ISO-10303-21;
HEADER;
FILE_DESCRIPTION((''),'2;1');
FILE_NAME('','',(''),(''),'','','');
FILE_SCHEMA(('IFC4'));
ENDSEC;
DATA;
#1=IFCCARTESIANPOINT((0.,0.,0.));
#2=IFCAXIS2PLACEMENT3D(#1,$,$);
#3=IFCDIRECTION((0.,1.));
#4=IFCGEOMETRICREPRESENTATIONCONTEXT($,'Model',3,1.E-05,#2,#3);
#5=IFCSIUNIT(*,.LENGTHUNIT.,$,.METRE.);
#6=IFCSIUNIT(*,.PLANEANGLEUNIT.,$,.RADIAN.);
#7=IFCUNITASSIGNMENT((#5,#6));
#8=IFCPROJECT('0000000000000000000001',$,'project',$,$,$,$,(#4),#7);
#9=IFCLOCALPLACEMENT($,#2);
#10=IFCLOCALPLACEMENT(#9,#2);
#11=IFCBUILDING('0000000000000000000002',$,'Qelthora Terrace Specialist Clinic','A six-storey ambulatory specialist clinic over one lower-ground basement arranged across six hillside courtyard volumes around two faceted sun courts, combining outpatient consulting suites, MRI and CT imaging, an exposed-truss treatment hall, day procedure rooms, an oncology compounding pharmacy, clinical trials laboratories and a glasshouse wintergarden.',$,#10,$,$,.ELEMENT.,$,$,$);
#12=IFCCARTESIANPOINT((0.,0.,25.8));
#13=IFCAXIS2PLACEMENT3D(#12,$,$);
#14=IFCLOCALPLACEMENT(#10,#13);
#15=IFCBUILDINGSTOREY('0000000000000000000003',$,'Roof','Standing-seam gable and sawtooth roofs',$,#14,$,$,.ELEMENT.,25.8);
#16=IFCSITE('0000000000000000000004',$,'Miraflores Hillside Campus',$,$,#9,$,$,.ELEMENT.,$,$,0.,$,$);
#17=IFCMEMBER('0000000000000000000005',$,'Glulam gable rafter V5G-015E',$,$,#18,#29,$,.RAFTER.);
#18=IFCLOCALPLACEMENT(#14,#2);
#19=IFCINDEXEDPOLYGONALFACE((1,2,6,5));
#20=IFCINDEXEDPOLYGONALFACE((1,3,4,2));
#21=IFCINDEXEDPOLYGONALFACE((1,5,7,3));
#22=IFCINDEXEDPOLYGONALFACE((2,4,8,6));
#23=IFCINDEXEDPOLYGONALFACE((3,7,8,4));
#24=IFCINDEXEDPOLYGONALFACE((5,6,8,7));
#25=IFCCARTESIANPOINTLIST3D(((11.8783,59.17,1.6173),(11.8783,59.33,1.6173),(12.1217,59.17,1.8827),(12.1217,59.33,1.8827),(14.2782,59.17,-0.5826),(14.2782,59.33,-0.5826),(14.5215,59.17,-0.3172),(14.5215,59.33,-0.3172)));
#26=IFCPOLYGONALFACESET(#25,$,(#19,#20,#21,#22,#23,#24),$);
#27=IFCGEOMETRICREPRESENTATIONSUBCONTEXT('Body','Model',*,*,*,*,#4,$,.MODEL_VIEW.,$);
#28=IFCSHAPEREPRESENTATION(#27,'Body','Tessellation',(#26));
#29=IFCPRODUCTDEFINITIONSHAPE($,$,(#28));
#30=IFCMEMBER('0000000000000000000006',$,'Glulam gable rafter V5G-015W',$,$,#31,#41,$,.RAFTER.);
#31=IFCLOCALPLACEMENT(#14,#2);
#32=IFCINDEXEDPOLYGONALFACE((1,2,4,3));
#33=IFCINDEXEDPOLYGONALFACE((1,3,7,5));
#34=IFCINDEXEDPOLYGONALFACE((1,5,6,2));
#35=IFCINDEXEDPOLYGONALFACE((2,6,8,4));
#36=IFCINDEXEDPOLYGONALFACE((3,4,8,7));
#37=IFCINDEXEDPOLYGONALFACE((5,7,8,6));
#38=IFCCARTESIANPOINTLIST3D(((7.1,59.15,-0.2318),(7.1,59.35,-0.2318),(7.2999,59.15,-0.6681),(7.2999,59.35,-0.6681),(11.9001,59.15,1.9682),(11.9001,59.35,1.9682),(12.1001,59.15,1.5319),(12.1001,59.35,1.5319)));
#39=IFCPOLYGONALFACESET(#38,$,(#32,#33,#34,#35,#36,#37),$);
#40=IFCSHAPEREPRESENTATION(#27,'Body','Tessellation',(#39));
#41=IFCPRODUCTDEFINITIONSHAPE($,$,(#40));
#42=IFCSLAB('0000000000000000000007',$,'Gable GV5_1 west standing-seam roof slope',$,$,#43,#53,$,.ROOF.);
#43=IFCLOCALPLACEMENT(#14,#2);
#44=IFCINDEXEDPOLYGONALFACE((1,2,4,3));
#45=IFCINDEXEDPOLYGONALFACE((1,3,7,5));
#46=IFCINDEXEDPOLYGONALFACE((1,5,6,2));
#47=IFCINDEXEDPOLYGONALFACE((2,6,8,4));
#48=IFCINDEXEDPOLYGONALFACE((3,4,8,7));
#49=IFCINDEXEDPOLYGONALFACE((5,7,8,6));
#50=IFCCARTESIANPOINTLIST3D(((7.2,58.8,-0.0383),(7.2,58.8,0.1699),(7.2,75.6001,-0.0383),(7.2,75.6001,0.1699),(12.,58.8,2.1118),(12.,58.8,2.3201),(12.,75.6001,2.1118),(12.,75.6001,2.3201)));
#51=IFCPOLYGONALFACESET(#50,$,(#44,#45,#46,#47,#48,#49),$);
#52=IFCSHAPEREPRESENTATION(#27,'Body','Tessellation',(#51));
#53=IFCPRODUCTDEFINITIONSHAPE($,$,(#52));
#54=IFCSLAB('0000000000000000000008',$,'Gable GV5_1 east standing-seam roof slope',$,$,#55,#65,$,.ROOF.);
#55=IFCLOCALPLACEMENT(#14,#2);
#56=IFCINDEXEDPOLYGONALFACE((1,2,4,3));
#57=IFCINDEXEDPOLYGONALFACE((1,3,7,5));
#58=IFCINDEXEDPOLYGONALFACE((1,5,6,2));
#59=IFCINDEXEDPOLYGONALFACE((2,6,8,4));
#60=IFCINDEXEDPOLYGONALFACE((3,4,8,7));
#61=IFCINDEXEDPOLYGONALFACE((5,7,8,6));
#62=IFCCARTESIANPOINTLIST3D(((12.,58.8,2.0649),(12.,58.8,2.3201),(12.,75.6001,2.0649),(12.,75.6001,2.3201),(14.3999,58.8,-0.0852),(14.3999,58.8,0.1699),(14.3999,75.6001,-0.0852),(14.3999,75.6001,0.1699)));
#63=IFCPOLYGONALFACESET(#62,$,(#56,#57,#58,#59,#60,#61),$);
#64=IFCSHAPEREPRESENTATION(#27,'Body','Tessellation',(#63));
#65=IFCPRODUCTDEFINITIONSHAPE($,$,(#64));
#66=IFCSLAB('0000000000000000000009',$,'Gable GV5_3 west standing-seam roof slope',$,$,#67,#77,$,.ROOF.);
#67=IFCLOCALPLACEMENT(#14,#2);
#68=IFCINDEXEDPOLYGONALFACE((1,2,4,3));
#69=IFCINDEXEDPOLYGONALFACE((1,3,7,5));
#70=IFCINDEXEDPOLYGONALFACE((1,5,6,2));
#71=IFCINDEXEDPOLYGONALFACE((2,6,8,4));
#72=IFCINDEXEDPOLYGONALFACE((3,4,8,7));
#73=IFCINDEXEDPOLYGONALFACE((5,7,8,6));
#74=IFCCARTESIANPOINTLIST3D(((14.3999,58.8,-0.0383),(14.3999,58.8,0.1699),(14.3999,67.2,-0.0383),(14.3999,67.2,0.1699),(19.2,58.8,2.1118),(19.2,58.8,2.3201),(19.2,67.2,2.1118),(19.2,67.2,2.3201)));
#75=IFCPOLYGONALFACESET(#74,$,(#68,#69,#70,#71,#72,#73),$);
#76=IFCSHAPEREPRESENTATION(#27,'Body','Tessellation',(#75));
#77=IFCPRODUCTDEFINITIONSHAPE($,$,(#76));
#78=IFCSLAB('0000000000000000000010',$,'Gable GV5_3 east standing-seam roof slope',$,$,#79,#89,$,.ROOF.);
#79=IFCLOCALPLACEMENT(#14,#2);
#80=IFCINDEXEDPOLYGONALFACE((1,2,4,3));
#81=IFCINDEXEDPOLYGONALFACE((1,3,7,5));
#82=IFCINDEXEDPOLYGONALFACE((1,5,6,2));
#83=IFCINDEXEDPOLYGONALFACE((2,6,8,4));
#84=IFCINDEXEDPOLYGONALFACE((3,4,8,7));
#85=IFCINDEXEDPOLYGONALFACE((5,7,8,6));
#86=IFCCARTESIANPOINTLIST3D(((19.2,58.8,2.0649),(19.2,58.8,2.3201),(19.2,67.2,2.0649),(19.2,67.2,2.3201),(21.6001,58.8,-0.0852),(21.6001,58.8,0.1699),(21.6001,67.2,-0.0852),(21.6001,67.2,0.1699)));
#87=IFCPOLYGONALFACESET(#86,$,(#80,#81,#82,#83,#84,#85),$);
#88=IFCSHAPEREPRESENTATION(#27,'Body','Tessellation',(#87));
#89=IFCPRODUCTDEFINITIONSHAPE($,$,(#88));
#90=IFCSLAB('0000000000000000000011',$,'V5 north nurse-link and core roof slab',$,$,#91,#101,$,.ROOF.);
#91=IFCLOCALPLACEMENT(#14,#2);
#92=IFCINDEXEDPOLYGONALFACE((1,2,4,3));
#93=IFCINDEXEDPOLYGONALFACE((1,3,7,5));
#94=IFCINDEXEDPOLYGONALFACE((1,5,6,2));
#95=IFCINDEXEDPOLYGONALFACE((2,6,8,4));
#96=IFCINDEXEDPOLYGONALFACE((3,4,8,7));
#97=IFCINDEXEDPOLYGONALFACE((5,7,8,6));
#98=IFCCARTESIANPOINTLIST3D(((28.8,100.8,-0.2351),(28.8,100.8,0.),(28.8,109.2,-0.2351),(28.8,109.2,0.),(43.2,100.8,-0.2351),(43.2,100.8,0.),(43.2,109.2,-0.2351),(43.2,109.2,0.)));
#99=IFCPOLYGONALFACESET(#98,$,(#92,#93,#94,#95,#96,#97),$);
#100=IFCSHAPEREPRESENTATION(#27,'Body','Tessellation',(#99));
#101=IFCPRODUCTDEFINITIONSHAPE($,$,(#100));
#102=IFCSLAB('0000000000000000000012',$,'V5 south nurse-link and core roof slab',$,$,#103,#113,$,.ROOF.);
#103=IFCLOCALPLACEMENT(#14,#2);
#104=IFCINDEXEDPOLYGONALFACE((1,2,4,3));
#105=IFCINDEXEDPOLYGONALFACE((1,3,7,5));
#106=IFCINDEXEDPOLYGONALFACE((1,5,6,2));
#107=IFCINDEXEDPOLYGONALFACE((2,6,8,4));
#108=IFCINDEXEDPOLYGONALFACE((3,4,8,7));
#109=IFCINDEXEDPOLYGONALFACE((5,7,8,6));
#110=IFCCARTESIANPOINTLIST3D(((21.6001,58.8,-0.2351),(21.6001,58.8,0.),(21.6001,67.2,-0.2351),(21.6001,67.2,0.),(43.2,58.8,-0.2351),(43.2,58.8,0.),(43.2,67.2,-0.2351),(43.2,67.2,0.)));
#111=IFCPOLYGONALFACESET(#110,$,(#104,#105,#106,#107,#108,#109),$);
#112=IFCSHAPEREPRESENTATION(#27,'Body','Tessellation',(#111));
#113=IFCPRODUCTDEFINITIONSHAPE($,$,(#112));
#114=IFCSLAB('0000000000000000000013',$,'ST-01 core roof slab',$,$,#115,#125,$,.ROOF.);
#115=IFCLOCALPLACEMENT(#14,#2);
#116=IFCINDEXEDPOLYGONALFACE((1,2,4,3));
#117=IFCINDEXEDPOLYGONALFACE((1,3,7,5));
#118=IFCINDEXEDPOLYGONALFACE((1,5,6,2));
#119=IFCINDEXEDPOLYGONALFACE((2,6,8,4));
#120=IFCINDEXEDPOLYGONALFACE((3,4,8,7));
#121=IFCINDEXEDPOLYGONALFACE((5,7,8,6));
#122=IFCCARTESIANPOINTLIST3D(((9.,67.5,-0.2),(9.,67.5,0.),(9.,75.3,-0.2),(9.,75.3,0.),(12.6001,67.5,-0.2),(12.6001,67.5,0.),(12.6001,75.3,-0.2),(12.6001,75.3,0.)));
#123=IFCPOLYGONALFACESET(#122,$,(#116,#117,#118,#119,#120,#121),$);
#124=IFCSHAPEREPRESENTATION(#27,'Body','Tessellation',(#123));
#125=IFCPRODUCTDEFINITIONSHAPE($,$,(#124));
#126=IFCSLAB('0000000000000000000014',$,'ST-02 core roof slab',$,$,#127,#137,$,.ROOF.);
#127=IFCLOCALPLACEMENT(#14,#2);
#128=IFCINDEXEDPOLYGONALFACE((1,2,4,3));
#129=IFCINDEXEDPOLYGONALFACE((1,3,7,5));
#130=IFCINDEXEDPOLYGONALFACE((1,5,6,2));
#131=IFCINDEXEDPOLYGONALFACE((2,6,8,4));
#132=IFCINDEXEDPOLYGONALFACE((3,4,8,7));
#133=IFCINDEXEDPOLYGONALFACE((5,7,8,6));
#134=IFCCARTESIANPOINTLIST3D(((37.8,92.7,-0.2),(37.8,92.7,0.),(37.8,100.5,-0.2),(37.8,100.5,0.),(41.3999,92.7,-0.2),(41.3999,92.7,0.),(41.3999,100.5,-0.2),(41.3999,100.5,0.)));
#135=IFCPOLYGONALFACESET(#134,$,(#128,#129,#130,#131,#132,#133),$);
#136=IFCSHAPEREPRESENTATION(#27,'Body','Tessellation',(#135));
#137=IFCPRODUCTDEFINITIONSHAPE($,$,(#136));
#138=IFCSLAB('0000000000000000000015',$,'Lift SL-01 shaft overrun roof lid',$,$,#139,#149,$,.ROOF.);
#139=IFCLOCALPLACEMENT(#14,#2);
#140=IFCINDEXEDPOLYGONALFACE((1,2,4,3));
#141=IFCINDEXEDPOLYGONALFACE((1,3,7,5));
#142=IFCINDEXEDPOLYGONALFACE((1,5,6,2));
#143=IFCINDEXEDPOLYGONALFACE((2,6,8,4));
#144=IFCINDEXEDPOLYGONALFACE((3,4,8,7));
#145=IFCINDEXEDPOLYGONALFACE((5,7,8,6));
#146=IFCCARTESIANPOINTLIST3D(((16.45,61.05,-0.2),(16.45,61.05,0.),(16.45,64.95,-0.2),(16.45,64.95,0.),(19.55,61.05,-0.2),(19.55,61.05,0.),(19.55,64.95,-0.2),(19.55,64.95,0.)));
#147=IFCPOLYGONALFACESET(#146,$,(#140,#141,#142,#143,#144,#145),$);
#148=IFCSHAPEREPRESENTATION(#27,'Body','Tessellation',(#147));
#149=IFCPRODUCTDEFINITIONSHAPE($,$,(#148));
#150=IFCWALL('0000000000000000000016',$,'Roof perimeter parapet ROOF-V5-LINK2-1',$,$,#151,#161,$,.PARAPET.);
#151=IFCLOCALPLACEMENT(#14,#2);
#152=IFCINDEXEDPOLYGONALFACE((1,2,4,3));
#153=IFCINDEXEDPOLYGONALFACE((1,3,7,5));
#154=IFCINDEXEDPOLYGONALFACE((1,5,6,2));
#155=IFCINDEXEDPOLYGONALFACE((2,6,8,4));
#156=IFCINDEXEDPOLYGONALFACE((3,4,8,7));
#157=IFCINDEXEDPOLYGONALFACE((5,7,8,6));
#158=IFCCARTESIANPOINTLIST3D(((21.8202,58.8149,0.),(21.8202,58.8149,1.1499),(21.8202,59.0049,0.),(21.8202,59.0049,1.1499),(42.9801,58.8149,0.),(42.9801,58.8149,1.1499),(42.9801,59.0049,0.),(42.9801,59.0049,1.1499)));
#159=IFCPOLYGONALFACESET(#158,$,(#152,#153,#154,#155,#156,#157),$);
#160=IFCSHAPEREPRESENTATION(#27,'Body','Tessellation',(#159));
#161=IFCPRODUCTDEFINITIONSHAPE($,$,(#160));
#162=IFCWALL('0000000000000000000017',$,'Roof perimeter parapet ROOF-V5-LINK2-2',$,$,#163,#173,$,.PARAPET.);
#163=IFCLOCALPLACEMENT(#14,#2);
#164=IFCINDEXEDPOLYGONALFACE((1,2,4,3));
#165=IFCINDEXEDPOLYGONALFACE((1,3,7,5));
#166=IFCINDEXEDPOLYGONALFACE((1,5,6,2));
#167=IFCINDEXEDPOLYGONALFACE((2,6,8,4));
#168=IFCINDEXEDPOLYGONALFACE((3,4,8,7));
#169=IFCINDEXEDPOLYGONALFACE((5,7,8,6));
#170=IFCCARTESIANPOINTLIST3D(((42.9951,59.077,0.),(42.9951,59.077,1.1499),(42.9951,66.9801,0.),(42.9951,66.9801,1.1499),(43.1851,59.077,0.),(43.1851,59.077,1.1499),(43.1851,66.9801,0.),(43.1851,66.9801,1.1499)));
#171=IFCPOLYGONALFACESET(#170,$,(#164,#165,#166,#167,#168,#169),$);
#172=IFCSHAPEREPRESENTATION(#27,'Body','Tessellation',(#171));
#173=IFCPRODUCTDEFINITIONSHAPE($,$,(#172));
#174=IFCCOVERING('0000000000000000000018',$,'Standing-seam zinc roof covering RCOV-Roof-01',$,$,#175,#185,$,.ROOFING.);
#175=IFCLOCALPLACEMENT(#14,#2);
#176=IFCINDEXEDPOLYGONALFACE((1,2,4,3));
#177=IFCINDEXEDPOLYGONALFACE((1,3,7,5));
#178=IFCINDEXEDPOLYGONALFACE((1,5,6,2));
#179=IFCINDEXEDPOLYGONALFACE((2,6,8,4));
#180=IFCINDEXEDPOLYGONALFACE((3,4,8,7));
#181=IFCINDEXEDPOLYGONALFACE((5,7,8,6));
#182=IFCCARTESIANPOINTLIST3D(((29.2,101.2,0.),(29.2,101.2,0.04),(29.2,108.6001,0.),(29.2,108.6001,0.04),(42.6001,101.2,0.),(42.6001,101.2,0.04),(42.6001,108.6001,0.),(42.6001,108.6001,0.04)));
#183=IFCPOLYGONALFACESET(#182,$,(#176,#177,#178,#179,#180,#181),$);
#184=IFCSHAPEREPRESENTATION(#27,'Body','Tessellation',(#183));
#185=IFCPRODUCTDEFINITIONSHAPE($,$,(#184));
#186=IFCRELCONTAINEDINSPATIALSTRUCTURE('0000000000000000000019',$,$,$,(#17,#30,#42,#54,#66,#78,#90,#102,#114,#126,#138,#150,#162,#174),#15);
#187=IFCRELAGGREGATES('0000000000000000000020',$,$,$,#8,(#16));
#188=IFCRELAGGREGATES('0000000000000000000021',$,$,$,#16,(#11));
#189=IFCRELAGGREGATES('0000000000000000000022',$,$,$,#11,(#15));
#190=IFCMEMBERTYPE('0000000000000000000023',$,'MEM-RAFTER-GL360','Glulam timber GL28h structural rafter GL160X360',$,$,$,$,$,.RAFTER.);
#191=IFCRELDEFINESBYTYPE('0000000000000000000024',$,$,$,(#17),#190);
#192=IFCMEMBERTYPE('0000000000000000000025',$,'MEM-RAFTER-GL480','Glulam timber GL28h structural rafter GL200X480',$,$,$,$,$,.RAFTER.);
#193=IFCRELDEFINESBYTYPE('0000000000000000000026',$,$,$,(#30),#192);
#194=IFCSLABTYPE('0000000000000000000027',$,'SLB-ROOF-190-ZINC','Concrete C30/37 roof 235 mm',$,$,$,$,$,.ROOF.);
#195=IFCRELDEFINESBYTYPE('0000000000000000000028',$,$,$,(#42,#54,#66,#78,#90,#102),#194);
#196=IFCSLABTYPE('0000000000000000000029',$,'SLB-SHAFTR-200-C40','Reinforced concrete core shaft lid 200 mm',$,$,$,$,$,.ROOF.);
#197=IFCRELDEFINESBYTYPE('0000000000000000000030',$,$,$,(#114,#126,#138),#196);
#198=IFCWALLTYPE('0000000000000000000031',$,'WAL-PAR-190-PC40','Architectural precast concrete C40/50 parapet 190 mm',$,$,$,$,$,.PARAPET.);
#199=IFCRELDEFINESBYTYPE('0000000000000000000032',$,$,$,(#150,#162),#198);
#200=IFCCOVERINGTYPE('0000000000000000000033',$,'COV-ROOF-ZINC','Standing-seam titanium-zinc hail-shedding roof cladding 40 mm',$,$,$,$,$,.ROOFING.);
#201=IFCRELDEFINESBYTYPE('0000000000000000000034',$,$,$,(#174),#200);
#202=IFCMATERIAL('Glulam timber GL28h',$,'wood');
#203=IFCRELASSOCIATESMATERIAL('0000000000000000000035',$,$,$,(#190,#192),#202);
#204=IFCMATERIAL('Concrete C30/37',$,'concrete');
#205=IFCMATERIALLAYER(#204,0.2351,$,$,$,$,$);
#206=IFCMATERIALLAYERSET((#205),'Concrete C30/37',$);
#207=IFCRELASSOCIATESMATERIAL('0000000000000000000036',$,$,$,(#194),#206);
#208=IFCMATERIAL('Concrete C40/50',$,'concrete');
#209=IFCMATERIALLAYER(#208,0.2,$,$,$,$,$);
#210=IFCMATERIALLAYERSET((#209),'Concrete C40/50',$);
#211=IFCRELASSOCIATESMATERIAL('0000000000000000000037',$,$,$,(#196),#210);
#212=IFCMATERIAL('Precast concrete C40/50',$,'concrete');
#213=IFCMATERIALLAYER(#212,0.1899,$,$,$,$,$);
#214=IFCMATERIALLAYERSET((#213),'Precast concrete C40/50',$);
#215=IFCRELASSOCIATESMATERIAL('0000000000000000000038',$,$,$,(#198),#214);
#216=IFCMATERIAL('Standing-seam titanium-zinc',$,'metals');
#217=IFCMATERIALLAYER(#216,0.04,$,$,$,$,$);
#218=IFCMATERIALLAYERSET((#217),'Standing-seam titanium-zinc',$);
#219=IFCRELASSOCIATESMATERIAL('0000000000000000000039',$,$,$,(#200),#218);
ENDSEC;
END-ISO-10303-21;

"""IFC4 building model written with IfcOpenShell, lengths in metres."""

from ifc_helpers import new_model, si_unit, direction, frame, frame_2d, origin, origin_2d, place, context, subcontext, project, spatial, polyline, rectangle, outline, extrude, material, layer, layer_set, material_profile, profile_set, type_object, element, save


model = new_model("IFC4")

# Units and contexts
model_context = context("Model", 3, precision=1e-05, world=origin(), true_north=direction((0.0, 1.0)))
body_context = subcontext(model_context, "Body", "Model", "MODEL_VIEW")
ifc_project = project(units=[si_unit("LENGTHUNIT", "METRE"), si_unit("PLANEANGLEUNIT", "RADIAN")], contexts=[model_context])

# Site, building, storey
site_placement = place(None, origin())
site = spatial("IfcSite", under=ifc_project, at=site_placement, Name="Miraflores Hillside Campus", CompositionType="ELEMENT", RefElevation=0.0)
building_placement = place(site_placement, origin())
building = spatial("IfcBuilding", under=site, at=building_placement, Name="Qelthora Terrace Specialist Clinic", Description="A six-storey ambulatory specialist clinic over one lower-ground basement arranged across six hillside courtyard volumes around two faceted sun courts, combining outpatient consulting suites, MRI and CT imaging, an exposed-truss treatment hall, day procedure rooms, an oncology compounding pharmacy, clinical trials laboratories and a glasshouse wintergarden.", CompositionType="ELEMENT")
storey_placement = place(building_placement, frame((0.0, 0.0, 25.8)))
storey = spatial("IfcBuildingStorey", under=building, at=storey_placement, Name="Roof", Description="Standing-seam gable and sawtooth roofs", CompositionType="ELEMENT", Elevation=25.8)

# Members
ifc_material_1 = material(Name="Glulam timber GL28h", Category="wood")
ifc_material_profile_1 = material_profile(ifc_material_1, rectangle(XDim=0.1599, YDim=0.3601, at=origin_2d()), Name="GL160X360")
ifc_profile_set_1 = profile_set([ifc_material_profile_1], Name="Glulam timber GL28h")
member_type_1 = type_object("IfcMemberType", Name="MEM-RAFTER-GL360", Description="Glulam timber GL28h structural rafter GL160X360", PredefinedType="RAFTER", material=ifc_profile_set_1)
member_1_placement = place(storey_placement, frame((12.0, 59.25, 1.75), z_axis=(0.737148, 0.0, -0.675731), x_axis=(0.0, 1.0, 0.0)))
element("IfcMember", 1, at=member_1_placement, inside=storey, type_object=member_type_1, Name="Glulam gable rafter V5G-015E", PredefinedType="RAFTER", context=body_context, shape_type="SweptSolid", body=[
    extrude(rectangle(XDim=0.1599, YDim=0.3601, at=origin_2d()), origin(), (0.0, 0.0, 1.0), 3.2556),
])
ifc_material_profile_2 = material_profile(ifc_material_1, rectangle(XDim=0.2, YDim=0.48, at=origin_2d()), Name="GL200X480")
ifc_profile_set_2 = profile_set([ifc_material_profile_2], Name="Glulam timber GL28h")
member_type_2 = type_object("IfcMemberType", Name="MEM-RAFTER-GL480", Description="Glulam timber GL28h structural rafter GL200X480", PredefinedType="RAFTER", material=ifc_profile_set_2)
member_2_placement = place(storey_placement, frame((7.2, 59.25, -0.45), z_axis=(0.90907, 0.0, 0.416644), x_axis=(0.0, 1.0, 0.0)))
element("IfcMember", 2, at=member_2_placement, inside=storey, type_object=member_type_2, Name="Glulam gable rafter V5G-015W", PredefinedType="RAFTER", context=body_context, shape_type="SweptSolid", body=[
    extrude(rectangle(XDim=0.2, YDim=0.48, at=origin_2d()), origin(), (0.0, 0.0, 1.0), 5.2803),
])

# Slabs
ifc_material_2 = material(Name="Concrete C30/37", Category="concrete")
ifc_layer_1 = layer(ifc_material_2, 0.2351)
ifc_layer_set_1 = layer_set([ifc_layer_1], Name="Concrete C30/37")
slab_type_1 = type_object("IfcSlabType", Name="SLB-ROOF-190-ZINC", Description="Concrete C30/37 roof 235 mm", PredefinedType="ROOF", material=ifc_layer_set_1)
slab_1_placement = place(storey_placement, frame((7.2, 58.8, -0.0383), z_axis=(-0.408803, 0.0, 0.912623), x_axis=(0.912623, 0.0, 0.408803)))
element("IfcSlab", 3, at=slab_1_placement, inside=storey, type_object=slab_type_1, Name="Gable GV5_1 west standing-seam roof slope", PredefinedType="ROOF", context=body_context, shape_type="SweptSolid", body=[
    extrude(outline(polyline([(0.0, 0.0), (5.2596, 0.0), (5.2596, 16.8), (0.0, 16.8), (0.0, 0.0)])), origin(), (0.408803, 0.0, 0.912623), 0.2083),
])
slab_2_placement = place(storey_placement, frame((12.0, 58.8, 2.0649), z_axis=(0.667289, 0.0, 0.744799), x_axis=(0.744799, 0.0, -0.667289)))
element("IfcSlab", 4, at=slab_2_placement, inside=storey, type_object=slab_type_1, Name="Gable GV5_1 east standing-seam roof slope", PredefinedType="ROOF", context=body_context, shape_type="SweptSolid", body=[
    extrude(outline(polyline([(0.0, 0.0), (3.2222, 0.0), (3.2222, 16.8), (0.0, 16.8), (0.0, 0.0)])), origin(), (-0.667289, 0.0, 0.744799), 0.2551),
])
slab_3_placement = place(storey_placement, frame((14.3999, 58.8, -0.0383), z_axis=(-0.408803, 0.0, 0.912623), x_axis=(0.912623, 0.0, 0.408803)))
element("IfcSlab", 5, at=slab_3_placement, inside=storey, type_object=slab_type_1, Name="Gable GV5_3 west standing-seam roof slope", PredefinedType="ROOF", context=body_context, shape_type="SweptSolid", body=[
    extrude(outline(polyline([(0.0, 0.0), (5.2596, 0.0), (5.2596, 8.3999), (0.0, 8.3999), (0.0, 0.0)])), origin(), (0.408803, 0.0, 0.912623), 0.2083),
])
slab_4_placement = place(storey_placement, frame((19.2, 58.8, 2.0649), z_axis=(0.667251, 0.0, 0.744833), x_axis=(0.744833, 0.0, -0.667251)))
element("IfcSlab", 6, at=slab_4_placement, inside=storey, type_object=slab_type_1, Name="Gable GV5_3 east standing-seam roof slope", PredefinedType="ROOF", context=body_context, shape_type="SweptSolid", body=[
    extrude(outline(polyline([(0.0, 0.0), (3.2224, 0.0), (3.2224, 8.3999), (0.0, 8.3999), (0.0, 0.0)])), origin(), (-0.667251, 0.0, 0.744833), 0.2551),
])
slab_5_placement = place(storey_placement, frame((0.0, 0.0, -0.2351)))
element("IfcSlab", 7, at=slab_5_placement, inside=storey, type_object=slab_type_1, Name="V5 north nurse-link and core roof slab", PredefinedType="ROOF", context=body_context, shape_type="SweptSolid", body=[
    extrude(outline(polyline([(28.8, 100.8), (43.2, 100.8), (43.2, 109.2), (28.8, 109.2), (28.8, 100.8)])), origin(), (0.0, 0.0, 1.0), 0.2351),
])
slab_6_placement = place(storey_placement, frame((0.0, 0.0, -0.2351)))
element("IfcSlab", 8, at=slab_6_placement, inside=storey, type_object=slab_type_1, Name="V5 south nurse-link and core roof slab", PredefinedType="ROOF", context=body_context, shape_type="SweptSolid", body=[
    extrude(outline(polyline([(21.6001, 58.8), (43.2, 58.8), (43.2, 67.2), (21.6001, 67.2), (21.6001, 58.8)])), origin(), (0.0, 0.0, 1.0), 0.2351),
])
ifc_material_3 = material(Name="Concrete C40/50", Category="concrete")
ifc_layer_2 = layer(ifc_material_3, 0.2)
ifc_layer_set_2 = layer_set([ifc_layer_2], Name="Concrete C40/50")
slab_type_2 = type_object("IfcSlabType", Name="SLB-SHAFTR-200-C40", Description="Reinforced concrete core shaft lid 200 mm", PredefinedType="ROOF", material=ifc_layer_set_2)
slab_7_placement = place(storey_placement, frame((0.0, 0.0, -0.2)))
element("IfcSlab", 9, at=slab_7_placement, inside=storey, type_object=slab_type_2, Name="ST-01 core roof slab", PredefinedType="ROOF", context=body_context, shape_type="SweptSolid", body=[
    extrude(outline(polyline([(9.0, 67.5), (12.6001, 67.5), (12.6001, 75.3), (9.0, 75.3), (9.0, 67.5)])), origin(), (0.0, 0.0, 1.0), 0.2),
])
slab_8_placement = place(storey_placement, frame((0.0, 0.0, -0.2)))
element("IfcSlab", 10, at=slab_8_placement, inside=storey, type_object=slab_type_2, Name="ST-02 core roof slab", PredefinedType="ROOF", context=body_context, shape_type="SweptSolid", body=[
    extrude(outline(polyline([(37.8, 92.7), (41.3999, 92.7), (41.3999, 100.5), (37.8, 100.5), (37.8, 92.7)])), origin(), (0.0, 0.0, 1.0), 0.2),
])
slab_9_placement = place(storey_placement, frame((0.0, 0.0, -0.2)))
element("IfcSlab", 11, at=slab_9_placement, inside=storey, type_object=slab_type_2, Name="Lift SL-01 shaft overrun roof lid", PredefinedType="ROOF", context=body_context, shape_type="SweptSolid", body=[
    extrude(outline(polyline([(16.45, 61.05), (19.55, 61.05), (19.55, 64.95), (16.45, 64.95), (16.45, 61.05)])), origin(), (0.0, 0.0, 1.0), 0.2),
])

# Walls
ifc_material_4 = material(Name="Precast concrete C40/50", Category="concrete")
ifc_layer_3 = layer(ifc_material_4, 0.1899)
ifc_layer_set_3 = layer_set([ifc_layer_3], Name="Precast concrete C40/50")
wall_type = type_object("IfcWallType", Name="WAL-PAR-190-PC40", Description="Architectural precast concrete C40/50 parapet 190 mm", PredefinedType="PARAPET", material=ifc_layer_set_3)
wall_1_placement = place(storey_placement, frame((21.8201, 58.9099, 0.0), z_axis=(0.0, 0.0, 1.0), x_axis=(1.0, 0.0, 0.0)))
element("IfcWall", 12, at=wall_1_placement, inside=storey, type_object=wall_type, Name="Roof perimeter parapet ROOF-V5-LINK2-1", PredefinedType="PARAPET", context=body_context, shape_type="SweptSolid", body=[
    extrude(rectangle(XDim=21.1599, YDim=0.1899, at=frame_2d((10.5801, 0.0))), origin(), (0.0, 0.0, 1.0), 1.1499),
])
wall_2_placement = place(storey_placement, frame((43.0901, 59.0769, 0.0), z_axis=(0.0, 0.0, 1.0), x_axis=(0.0, 1.0, 0.0)))
element("IfcWall", 13, at=wall_2_placement, inside=storey, type_object=wall_type, Name="Roof perimeter parapet ROOF-V5-LINK2-2", PredefinedType="PARAPET", context=body_context, shape_type="SweptSolid", body=[
    extrude(rectangle(XDim=7.9031, YDim=0.1899, at=frame_2d((3.9517, 0.0))), origin(), (0.0, 0.0, 1.0), 1.1499),
])

# Covering
ifc_material_5 = material(Name="Standing-seam titanium-zinc", Category="metals")
ifc_layer_4 = layer(ifc_material_5, 0.04)
ifc_layer_set_4 = layer_set([ifc_layer_4], Name="Standing-seam titanium-zinc")
covering_type = type_object("IfcCoveringType", Name="COV-ROOF-ZINC", Description="Standing-seam titanium-zinc hail-shedding roof cladding 40 mm", PredefinedType="ROOFING", material=ifc_layer_set_4)
covering_1_placement = place(storey_placement, origin())
element("IfcCovering", 14, at=covering_1_placement, inside=storey, type_object=covering_type, Name="Standing-seam zinc roof covering RCOV-Roof-01", PredefinedType="ROOFING", context=body_context, shape_type="SweptSolid", body=[
    extrude(outline(polyline([(29.2, 101.2), (42.6001, 101.2), (42.6001, 108.6001), (29.2, 108.6001), (29.2, 101.2)])), origin(), (0.0, 0.0, 1.0), 0.04),
])

save(model, "model.ifc")
